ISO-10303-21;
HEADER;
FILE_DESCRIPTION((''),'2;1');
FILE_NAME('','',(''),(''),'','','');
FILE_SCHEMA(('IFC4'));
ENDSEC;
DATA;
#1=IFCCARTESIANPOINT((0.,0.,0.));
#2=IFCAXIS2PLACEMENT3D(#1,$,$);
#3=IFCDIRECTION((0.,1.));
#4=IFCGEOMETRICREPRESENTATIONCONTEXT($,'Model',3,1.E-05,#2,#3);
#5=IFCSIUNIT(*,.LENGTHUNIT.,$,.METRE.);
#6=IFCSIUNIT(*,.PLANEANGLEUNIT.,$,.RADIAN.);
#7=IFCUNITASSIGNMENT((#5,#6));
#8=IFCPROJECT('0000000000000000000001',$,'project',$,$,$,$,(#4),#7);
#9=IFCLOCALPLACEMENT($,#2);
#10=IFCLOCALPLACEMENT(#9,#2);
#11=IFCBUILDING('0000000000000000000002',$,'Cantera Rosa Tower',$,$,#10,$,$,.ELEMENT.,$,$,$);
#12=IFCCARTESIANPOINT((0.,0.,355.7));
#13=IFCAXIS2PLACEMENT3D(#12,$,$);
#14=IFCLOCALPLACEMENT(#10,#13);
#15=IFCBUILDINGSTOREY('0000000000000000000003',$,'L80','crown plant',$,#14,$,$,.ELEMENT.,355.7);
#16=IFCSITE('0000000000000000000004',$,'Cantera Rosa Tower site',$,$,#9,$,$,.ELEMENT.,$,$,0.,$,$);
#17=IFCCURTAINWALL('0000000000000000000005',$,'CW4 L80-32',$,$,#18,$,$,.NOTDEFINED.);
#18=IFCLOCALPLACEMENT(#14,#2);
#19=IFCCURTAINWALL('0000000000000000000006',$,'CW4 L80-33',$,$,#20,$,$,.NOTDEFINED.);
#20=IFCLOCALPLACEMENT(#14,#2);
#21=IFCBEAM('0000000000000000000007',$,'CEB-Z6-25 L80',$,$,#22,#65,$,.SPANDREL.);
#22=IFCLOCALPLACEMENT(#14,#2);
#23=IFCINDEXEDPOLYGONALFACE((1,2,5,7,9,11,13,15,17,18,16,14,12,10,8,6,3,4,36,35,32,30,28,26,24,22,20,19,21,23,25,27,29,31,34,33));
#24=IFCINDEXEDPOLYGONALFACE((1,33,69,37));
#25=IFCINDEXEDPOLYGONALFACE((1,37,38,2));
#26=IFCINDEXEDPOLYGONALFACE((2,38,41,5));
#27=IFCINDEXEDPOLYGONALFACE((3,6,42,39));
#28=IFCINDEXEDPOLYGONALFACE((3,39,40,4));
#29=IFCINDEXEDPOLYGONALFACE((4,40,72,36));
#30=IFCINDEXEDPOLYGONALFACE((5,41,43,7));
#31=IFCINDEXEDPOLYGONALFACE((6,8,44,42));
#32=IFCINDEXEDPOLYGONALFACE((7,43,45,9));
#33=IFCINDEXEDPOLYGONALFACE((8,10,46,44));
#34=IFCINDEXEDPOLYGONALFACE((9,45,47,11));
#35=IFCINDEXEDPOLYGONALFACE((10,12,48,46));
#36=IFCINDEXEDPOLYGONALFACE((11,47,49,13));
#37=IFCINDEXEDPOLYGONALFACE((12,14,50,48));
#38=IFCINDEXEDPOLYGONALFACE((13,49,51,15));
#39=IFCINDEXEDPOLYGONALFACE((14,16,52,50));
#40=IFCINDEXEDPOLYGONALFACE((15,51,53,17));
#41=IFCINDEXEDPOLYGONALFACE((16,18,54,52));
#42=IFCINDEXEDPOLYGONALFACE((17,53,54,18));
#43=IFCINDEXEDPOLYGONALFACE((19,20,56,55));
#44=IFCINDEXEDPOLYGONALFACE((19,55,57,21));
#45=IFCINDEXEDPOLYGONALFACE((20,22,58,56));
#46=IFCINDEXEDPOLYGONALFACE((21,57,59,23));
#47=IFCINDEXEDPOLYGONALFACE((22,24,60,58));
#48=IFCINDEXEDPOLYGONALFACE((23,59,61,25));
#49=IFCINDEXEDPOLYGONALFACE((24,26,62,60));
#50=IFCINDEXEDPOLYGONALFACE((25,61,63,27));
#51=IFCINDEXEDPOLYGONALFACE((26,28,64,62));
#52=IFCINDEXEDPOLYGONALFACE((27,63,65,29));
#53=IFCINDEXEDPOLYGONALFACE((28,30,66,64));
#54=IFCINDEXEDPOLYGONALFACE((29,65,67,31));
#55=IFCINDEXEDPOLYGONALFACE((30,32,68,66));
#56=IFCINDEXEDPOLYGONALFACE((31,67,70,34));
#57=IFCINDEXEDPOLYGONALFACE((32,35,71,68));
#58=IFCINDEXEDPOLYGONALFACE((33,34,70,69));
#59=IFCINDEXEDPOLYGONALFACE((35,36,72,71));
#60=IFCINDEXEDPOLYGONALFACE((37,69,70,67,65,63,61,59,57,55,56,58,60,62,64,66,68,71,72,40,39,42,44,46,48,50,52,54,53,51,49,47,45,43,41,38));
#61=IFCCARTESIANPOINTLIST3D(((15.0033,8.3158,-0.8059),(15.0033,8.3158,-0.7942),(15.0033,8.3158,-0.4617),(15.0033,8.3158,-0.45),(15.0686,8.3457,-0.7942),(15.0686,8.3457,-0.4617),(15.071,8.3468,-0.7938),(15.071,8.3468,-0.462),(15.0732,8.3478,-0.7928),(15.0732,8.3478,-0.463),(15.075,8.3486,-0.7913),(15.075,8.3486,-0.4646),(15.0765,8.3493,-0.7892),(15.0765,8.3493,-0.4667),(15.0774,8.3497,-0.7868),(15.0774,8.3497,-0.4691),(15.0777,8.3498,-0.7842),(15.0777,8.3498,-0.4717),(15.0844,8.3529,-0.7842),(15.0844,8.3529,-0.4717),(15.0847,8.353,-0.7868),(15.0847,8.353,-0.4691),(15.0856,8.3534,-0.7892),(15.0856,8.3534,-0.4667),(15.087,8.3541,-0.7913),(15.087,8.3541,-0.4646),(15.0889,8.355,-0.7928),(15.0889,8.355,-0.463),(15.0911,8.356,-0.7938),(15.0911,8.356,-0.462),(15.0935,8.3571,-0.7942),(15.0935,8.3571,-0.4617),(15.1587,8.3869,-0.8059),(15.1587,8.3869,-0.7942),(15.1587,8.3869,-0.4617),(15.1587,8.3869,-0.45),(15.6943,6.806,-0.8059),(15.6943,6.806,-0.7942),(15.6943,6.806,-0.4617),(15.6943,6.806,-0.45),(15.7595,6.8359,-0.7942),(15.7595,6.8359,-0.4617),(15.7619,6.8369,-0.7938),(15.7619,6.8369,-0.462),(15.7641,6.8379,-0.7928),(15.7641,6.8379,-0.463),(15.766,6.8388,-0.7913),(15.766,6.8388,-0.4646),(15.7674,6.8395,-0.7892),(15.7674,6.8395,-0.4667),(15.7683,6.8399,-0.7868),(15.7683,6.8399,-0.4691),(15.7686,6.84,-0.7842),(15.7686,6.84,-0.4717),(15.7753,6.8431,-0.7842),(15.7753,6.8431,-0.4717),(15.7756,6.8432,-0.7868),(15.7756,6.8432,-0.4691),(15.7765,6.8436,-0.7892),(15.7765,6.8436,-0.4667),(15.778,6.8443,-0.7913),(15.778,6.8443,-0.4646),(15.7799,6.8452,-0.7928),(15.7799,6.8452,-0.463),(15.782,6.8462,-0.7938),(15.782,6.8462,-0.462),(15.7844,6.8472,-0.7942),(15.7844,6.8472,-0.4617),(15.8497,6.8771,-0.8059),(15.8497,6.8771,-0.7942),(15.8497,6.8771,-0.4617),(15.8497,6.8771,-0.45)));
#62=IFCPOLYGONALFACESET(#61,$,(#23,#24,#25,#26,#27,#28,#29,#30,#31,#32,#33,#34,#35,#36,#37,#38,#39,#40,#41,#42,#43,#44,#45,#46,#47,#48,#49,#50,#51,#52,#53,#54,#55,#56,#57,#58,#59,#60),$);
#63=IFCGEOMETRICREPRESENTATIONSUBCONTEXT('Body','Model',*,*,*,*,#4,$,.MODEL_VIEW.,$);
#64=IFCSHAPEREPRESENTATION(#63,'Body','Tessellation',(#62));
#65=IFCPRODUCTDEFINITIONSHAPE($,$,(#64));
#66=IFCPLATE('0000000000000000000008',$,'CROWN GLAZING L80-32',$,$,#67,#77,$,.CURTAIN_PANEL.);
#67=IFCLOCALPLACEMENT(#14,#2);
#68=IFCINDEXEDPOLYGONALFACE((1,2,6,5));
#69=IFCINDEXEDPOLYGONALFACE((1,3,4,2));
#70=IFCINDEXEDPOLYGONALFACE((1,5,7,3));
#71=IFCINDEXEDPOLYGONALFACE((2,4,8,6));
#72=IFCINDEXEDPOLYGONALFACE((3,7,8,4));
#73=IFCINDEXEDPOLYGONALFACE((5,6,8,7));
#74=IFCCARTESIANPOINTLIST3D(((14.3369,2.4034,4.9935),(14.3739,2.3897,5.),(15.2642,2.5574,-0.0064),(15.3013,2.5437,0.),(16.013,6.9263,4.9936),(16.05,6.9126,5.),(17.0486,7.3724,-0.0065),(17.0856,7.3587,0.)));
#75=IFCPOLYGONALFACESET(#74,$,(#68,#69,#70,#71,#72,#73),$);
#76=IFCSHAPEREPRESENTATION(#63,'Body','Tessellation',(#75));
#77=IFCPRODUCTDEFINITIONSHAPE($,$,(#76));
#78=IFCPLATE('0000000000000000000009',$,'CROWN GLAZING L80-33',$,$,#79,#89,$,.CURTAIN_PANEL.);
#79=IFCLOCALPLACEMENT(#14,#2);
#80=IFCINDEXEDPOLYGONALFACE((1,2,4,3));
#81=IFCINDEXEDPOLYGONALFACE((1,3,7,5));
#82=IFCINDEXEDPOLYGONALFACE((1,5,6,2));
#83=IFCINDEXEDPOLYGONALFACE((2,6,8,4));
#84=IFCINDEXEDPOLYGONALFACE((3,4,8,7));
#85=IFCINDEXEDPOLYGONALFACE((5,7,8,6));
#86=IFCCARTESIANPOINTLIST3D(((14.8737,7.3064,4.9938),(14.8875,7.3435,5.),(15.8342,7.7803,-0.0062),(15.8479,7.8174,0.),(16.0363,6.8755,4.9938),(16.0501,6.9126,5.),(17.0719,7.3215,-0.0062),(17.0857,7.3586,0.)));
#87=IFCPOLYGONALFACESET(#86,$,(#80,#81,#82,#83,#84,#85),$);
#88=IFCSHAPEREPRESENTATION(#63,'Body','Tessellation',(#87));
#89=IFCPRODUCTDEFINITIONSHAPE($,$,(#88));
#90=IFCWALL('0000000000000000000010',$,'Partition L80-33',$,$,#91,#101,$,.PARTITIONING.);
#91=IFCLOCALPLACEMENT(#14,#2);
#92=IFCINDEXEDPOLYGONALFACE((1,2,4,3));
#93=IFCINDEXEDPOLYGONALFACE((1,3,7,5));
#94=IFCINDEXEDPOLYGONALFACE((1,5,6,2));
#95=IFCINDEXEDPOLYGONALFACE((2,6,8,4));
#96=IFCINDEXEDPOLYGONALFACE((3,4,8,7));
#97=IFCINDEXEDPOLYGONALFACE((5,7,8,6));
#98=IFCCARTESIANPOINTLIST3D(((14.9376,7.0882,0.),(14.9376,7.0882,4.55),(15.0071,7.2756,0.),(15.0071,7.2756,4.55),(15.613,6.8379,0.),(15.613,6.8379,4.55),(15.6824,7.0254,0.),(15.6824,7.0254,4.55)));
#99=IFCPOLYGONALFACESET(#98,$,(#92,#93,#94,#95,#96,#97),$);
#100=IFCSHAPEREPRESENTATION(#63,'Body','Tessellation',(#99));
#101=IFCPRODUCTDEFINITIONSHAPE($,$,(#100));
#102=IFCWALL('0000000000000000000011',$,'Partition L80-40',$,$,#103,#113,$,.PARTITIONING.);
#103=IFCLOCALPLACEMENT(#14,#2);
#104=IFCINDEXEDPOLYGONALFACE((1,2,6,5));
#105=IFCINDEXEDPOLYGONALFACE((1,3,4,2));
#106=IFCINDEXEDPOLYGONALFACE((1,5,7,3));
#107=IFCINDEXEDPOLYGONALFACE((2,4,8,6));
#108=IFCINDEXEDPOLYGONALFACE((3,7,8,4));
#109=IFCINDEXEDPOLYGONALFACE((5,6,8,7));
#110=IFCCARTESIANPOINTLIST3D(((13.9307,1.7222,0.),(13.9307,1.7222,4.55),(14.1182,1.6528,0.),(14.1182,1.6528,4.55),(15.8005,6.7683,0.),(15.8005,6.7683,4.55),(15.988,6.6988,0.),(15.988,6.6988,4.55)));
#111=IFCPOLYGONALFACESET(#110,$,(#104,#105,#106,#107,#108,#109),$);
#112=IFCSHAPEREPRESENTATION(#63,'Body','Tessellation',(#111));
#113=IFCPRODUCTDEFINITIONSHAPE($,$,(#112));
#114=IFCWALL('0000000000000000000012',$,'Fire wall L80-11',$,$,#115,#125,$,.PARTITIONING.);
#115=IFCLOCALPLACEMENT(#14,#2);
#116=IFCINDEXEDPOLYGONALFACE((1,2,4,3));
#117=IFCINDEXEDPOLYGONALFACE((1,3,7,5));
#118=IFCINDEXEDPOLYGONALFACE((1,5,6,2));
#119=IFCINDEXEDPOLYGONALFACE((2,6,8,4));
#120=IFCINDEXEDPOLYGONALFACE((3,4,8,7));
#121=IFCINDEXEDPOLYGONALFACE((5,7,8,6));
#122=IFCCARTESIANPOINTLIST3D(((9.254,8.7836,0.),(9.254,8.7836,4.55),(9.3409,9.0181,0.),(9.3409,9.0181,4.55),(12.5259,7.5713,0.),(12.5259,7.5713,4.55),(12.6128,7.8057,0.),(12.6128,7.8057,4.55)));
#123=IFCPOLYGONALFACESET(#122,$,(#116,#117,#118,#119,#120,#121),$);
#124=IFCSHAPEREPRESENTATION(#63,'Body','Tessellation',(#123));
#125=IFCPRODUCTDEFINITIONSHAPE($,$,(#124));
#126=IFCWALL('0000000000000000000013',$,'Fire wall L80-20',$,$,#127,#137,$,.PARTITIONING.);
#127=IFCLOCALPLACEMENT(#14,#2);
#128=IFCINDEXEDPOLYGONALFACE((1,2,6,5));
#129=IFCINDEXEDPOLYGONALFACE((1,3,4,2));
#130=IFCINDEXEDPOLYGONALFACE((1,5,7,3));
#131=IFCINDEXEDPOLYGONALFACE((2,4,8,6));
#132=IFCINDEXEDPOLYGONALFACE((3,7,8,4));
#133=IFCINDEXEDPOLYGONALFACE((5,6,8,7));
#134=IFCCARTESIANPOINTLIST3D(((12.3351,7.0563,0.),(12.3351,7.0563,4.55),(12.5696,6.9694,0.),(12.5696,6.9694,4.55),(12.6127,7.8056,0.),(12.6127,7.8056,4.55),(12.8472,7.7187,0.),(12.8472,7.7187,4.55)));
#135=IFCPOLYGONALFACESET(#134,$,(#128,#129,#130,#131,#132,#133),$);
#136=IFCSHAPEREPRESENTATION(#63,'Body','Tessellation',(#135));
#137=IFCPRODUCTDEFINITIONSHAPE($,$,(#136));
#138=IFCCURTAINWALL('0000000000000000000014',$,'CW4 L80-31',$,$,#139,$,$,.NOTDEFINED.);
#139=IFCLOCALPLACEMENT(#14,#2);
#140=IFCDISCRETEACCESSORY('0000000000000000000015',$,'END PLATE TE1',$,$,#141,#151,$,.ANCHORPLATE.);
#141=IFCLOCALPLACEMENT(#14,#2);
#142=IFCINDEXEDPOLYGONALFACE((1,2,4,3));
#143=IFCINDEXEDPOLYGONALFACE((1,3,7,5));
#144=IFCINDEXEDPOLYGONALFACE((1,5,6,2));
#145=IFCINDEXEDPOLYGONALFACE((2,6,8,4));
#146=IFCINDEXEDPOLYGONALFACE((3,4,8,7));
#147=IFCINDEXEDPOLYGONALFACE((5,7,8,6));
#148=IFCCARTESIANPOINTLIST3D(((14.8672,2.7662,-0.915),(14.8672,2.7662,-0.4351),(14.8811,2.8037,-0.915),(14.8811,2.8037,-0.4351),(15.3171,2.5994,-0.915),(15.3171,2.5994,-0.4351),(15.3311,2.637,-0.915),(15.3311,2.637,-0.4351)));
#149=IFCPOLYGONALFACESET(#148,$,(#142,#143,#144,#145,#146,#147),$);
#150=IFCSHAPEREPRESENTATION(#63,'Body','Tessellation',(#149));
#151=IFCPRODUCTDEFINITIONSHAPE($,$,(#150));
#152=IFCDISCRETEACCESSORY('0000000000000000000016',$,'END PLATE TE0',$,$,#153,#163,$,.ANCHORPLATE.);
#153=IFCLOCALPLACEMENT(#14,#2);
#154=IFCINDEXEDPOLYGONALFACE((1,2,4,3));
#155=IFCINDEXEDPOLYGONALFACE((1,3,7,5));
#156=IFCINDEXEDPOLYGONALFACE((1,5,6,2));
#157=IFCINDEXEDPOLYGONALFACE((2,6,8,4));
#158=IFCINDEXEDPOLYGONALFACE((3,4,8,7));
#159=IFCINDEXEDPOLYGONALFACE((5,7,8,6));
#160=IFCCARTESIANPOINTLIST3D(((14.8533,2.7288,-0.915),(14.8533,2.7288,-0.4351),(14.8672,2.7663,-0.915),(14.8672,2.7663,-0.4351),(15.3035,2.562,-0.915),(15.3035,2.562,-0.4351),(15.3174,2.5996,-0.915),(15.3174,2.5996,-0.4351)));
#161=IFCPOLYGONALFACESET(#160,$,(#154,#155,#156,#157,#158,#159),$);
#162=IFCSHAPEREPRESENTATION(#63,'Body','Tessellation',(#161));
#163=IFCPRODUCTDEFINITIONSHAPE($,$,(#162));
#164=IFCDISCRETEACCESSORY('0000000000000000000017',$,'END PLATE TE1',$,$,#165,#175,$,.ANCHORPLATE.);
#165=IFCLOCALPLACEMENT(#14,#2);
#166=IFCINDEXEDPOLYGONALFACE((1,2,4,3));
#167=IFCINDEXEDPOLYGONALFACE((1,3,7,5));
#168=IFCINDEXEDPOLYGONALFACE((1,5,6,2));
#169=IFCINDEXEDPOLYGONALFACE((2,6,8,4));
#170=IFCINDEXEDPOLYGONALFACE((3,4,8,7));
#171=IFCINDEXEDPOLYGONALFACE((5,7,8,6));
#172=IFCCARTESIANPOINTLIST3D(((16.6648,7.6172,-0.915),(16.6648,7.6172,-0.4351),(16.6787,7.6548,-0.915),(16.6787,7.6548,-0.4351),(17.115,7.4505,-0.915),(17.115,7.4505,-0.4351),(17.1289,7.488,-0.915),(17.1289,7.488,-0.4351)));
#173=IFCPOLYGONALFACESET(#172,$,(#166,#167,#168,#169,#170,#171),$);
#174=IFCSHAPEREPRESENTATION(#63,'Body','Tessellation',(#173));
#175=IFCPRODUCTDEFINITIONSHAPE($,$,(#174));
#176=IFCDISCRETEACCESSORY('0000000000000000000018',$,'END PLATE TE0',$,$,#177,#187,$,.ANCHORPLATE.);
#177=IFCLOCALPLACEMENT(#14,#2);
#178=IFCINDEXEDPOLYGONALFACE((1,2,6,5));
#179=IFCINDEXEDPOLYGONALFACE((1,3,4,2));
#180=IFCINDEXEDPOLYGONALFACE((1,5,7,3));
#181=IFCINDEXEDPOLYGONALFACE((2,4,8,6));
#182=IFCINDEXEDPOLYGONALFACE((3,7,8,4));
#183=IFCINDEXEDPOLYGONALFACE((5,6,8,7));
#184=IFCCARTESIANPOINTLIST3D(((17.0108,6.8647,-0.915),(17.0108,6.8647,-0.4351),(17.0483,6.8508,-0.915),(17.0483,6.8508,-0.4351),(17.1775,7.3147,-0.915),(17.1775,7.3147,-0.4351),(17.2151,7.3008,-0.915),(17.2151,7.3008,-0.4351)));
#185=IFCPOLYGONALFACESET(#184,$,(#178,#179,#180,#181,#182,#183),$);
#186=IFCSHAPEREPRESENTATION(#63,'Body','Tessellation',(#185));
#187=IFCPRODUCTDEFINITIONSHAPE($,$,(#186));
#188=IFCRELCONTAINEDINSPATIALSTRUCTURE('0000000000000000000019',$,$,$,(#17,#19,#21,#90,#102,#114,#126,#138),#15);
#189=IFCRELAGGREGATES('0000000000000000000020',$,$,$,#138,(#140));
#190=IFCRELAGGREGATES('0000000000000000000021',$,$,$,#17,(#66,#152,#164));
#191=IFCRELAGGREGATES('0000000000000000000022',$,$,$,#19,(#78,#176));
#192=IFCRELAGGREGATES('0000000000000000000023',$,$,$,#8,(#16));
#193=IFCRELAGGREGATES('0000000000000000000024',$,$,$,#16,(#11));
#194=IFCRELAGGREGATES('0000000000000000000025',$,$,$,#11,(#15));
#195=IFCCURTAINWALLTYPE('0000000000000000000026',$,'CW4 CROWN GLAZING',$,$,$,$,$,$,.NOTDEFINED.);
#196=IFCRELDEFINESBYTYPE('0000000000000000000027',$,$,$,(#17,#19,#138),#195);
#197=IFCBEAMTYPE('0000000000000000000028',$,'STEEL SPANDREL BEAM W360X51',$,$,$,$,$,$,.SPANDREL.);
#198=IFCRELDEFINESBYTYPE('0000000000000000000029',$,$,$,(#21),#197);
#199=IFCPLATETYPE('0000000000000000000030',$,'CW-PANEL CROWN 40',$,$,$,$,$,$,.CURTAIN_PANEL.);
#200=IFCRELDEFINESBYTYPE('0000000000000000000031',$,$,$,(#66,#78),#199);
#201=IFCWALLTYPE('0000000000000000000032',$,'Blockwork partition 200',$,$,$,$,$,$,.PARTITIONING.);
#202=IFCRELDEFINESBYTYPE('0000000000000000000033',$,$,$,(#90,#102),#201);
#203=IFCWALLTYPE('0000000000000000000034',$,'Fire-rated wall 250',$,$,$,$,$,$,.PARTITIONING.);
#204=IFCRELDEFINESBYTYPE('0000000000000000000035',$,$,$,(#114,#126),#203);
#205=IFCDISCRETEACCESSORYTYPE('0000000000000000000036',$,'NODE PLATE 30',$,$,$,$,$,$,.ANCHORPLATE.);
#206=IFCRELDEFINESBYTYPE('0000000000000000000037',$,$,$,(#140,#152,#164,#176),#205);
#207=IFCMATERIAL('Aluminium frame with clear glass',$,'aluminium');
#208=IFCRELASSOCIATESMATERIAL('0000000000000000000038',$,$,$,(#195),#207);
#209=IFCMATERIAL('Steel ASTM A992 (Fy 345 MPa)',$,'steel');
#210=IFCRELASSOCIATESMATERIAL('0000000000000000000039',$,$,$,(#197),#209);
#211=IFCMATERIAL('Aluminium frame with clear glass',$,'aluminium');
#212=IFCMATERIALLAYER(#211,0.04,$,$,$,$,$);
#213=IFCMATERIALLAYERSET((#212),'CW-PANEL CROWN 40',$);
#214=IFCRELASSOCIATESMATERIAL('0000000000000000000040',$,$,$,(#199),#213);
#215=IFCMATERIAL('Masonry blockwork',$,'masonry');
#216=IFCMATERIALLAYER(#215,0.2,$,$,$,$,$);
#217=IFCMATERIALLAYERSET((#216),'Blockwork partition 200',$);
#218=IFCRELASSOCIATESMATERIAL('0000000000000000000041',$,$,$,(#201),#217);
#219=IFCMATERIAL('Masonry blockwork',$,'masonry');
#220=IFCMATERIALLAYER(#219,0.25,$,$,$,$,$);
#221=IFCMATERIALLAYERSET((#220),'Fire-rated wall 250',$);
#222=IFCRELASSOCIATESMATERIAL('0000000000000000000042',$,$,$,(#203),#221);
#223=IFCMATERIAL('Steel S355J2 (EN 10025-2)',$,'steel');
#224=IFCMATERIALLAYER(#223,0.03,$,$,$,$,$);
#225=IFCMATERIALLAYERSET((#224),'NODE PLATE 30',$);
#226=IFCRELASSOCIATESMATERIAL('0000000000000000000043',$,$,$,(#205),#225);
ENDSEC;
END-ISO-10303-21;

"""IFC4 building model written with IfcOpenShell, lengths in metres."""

from ifc_helpers import new_model, si_unit, direction, frame, frame_2d, origin, origin_2d, place, context, subcontext, project, spatial, polyline, rectangle, i_section, outline, extrude, material, layer, layer_set, material_profile, profile_set, type_object, element, aggregate, save


model = new_model("IFC4")

# Units and contexts
model_context = context("Model", 3, precision=1e-05, world=origin(), true_north=direction((0.0, 1.0)))
body_context = subcontext(model_context, "Body", "Model", "MODEL_VIEW")
ifc_project = project(units=[si_unit("LENGTHUNIT", "METRE"), si_unit("PLANEANGLEUNIT", "RADIAN")], contexts=[model_context])

# Site, building, storey
site_placement = place(None, origin())
site = spatial("IfcSite", under=ifc_project, at=site_placement, Name="Cantera Rosa Tower site", CompositionType="ELEMENT", RefElevation=0.0)
building_placement = place(site_placement, origin())
building = spatial("IfcBuilding", under=site, at=building_placement, Name="Cantera Rosa Tower", CompositionType="ELEMENT")
storey_placement = place(building_placement, frame((0.0, 0.0, 355.7)))
storey = spatial("IfcBuildingStorey", under=building, at=storey_placement, Name="L80", Description="crown plant", CompositionType="ELEMENT", Elevation=355.7)

# Curtain walls
ifc_material_1 = material(Name="Aluminium frame with clear glass", Category="aluminium")
curtain_wall_type = type_object("IfcCurtainWallType", Name="CW4 CROWN GLAZING", PredefinedType="NOTDEFINED", material=ifc_material_1)
curtain_wall_1_placement = place(storey_placement, origin())
curtain_wall_1 = element("IfcCurtainWall", 1, at=curtain_wall_1_placement, inside=storey, type_object=curtain_wall_type, Name="CW4 L80-32", PredefinedType="NOTDEFINED")
curtain_wall_2_placement = place(storey_placement, origin())
curtain_wall_2 = element("IfcCurtainWall", 2, at=curtain_wall_2_placement, inside=storey, type_object=curtain_wall_type, Name="CW4 L80-33", PredefinedType="NOTDEFINED")

# Beam
ifc_material_2 = material(Name="Steel ASTM A992 (Fy 345 MPa)", Category="steel")
ifc_material_profile_1 = material_profile(ifc_material_2, i_section(OverallWidth=0.1709, OverallDepth=0.356, WebThickness=0.0073, FlangeThickness=0.0117, FilletRadius=0.01, at=origin_2d()), Name="W360X51")
ifc_profile_set_1 = profile_set([ifc_material_profile_1], Name="Steel ASTM A992 (Fy 345 MPa)")
beam_type_1 = type_object("IfcBeamType", Name="STEEL SPANDREL BEAM W360X51", PredefinedType="SPANDREL", material=ifc_profile_set_1)
beam_1_placement = place(storey_placement, frame((15.772, 6.8416, -0.6279), z_axis=(-0.416128, 0.909306, 0.0), x_axis=(-0.909306, -0.416128, 0.0)))
element("IfcBeam", 3, at=beam_1_placement, inside=storey, type_object=beam_type_1, Name="CEB-Z6-25 L80", PredefinedType="SPANDREL", context=body_context, shape_type="SweptSolid", body=[
    extrude(i_section(OverallWidth=0.1709, OverallDepth=0.356, WebThickness=0.0073, FlangeThickness=0.0117, FilletRadius=0.01, at=origin_2d()), origin(), (0.0, 0.0, 1.0), 1.6604),
])

# Plates
ifc_material_3 = material(Name="Aluminium frame with clear glass", Category="aluminium")
ifc_layer_1 = layer(ifc_material_3, 0.04)
ifc_layer_set_1 = layer_set([ifc_layer_1], Name="CW-PANEL CROWN 40")
plate_type = type_object("IfcPlateType", Name="CW-PANEL CROWN 40", PredefinedType="CURTAIN_PANEL", material=ifc_layer_set_1)
plate_1_placement = place(storey_placement, frame((15.3013, 2.5437, 0.0), z_axis=(0.92544, -0.342951, 0.161073), x_axis=(0.347489, 0.937684, -0.000003)))
plate_1 = element("IfcPlate", 4, at=plate_1_placement, type_object=plate_type, Name="CROWN GLAZING L80-32", PredefinedType="CURTAIN_PANEL", context=body_context, shape_type="SweptSolid", body=[
    extrude(outline(polyline([(0.0, 0.0), (5.135, 0.0), (4.3568, 5.0662), (-0.4667, 5.0661), (0.0, 0.0)])), origin(), (0.0, 0.0, -1.0), 0.04),
])
plate_2_placement = place(storey_placement, frame((17.0857, 7.3586, 0.0), z_axis=(0.343392, 0.926518, 0.153777), x_axis=(-0.937671, 0.347525, 0.000002)))
plate_2 = element("IfcPlate", 5, at=plate_2_placement, type_object=plate_type, Name="CROWN GLAZING L80-33", PredefinedType="CURTAIN_PANEL", context=body_context, shape_type="SweptSolid", body=[
    extrude(outline(polyline([(0.0, 0.0), (1.3201, 0.0), (2.056, 5.0602), (0.8161, 5.0602), (0.0, 0.0)])), origin(), (0.0, 0.0, -1.0), 0.04),
])

# Walls
ifc_material_4 = material(Name="Masonry blockwork", Category="masonry")
ifc_layer_2 = layer(ifc_material_4, 0.2)
ifc_layer_set_2 = layer_set([ifc_layer_2], Name="Blockwork partition 200")
wall_type_1 = type_object("IfcWallType", Name="Blockwork partition 200", PredefinedType="PARTITIONING", material=ifc_layer_set_2)
wall_1_placement = place(storey_placement, frame((15.6477, 6.9316, 0.0), z_axis=(0.0, 0.0, 1.0), x_axis=(-0.937687, 0.34748, 0.0)))
element("IfcWall", 6, at=wall_1_placement, inside=storey, type_object=wall_type_1, Name="Partition L80-33", PredefinedType="PARTITIONING", context=body_context, shape_type="SweptSolid", body=[
    extrude(rectangle(XDim=0.7202, YDim=0.2, at=frame_2d((0.3601, 0.0))), origin(), (0.0, 0.0, 1.0), 4.55),
])
wall_2_placement = place(storey_placement, frame((14.0244, 1.6875, 0.0), z_axis=(0.0, 0.0, 1.0), x_axis=(0.347467, 0.937692, 0.0)))
element("IfcWall", 7, at=wall_2_placement, inside=storey, type_object=wall_type_1, Name="Partition L80-40", PredefinedType="PARTITIONING", context=body_context, shape_type="SweptSolid", body=[
    extrude(rectangle(XDim=5.3813, YDim=0.2, at=frame_2d((2.6907, 0.0))), origin(), (0.0, 0.0, 1.0), 4.55),
])
ifc_material_5 = material(Name="Masonry blockwork", Category="masonry")
ifc_layer_3 = layer(ifc_material_5, 0.25)
ifc_layer_set_3 = layer_set([ifc_layer_3], Name="Fire-rated wall 250")
wall_type_2 = type_object("IfcWallType", Name="Fire-rated wall 250", PredefinedType="PARTITIONING", material=ifc_layer_set_3)
wall_3_placement = place(storey_placement, frame((12.5693, 7.6885, 0.0), z_axis=(0.0, 0.0, 1.0), x_axis=(-0.937696, 0.347456, 0.0)))
element("IfcWall", 8, at=wall_3_placement, inside=storey, type_object=wall_type_2, Name="Fire wall L80-11", PredefinedType="PARTITIONING", context=body_context, shape_type="SweptSolid", body=[
    extrude(rectangle(XDim=3.4893, YDim=0.25, at=frame_2d((1.7446, 0.0))), origin(), (0.0, 0.0, 1.0), 4.55),
])
wall_4_placement = place(storey_placement, frame((12.4524, 7.0129, 0.0), z_axis=(0.0, 0.0, 1.0), x_axis=(0.347404, 0.937716, 0.0)))
element("IfcWall", 9, at=wall_4_placement, inside=storey, type_object=wall_type_2, Name="Fire wall L80-20", PredefinedType="PARTITIONING", context=body_context, shape_type="SweptSolid", body=[
    extrude(rectangle(XDim=0.7991, YDim=0.25, at=frame_2d((0.3994, 0.0))), origin(), (0.0, 0.0, 1.0), 4.55),
])

# Curtain wall, discrete accessory
curtain_wall_3_placement = place(storey_placement, origin())
curtain_wall_3 = element("IfcCurtainWall", 10, at=curtain_wall_3_placement, inside=storey, type_object=curtain_wall_type, Name="CW4 L80-31", PredefinedType="NOTDEFINED")
ifc_material_6 = material(Name="Steel S355J2 (EN 10025-2)", Category="steel")
ifc_layer_4 = layer(ifc_material_6, 0.03)
ifc_layer_set_4 = layer_set([ifc_layer_4], Name="NODE PLATE 30")
discrete_accessory_type = type_object("IfcDiscreteAccessoryType", Name="NODE PLATE 30", PredefinedType="ANCHORPLATE", material=ifc_layer_set_4)
discrete_accessory_1_placement = place(storey_placement, frame((14.8811, 2.8037, -0.4351), z_axis=(0.347497, 0.937681, 0.0), x_axis=(0.937681, -0.347497, 0.0)))
discrete_accessory_1 = element("IfcDiscreteAccessory", 11, at=discrete_accessory_1_placement, type_object=discrete_accessory_type, Name="END PLATE TE1", PredefinedType="ANCHORPLATE", context=body_context, shape_type="SweptSolid", body=[
    extrude(outline(polyline([(0.0, 0.0), (0.4799, 0.0), (0.4799, 0.48), (0.0, 0.48), (0.0, 0.0)])), origin(), (0.0, 0.0, -1.0), 0.04),
])
aggregate(curtain_wall_3, [discrete_accessory_1])

# Discrete accessories
discrete_accessory_2_placement = place(storey_placement, frame((15.3035, 2.562, -0.4351), z_axis=(-0.347331, -0.937743, 0.0), x_axis=(-0.937743, 0.347331, 0.0)))
discrete_accessory_2 = element("IfcDiscreteAccessory", 12, at=discrete_accessory_2_placement, type_object=discrete_accessory_type, Name="END PLATE TE0", PredefinedType="ANCHORPLATE", context=body_context, shape_type="SweptSolid", body=[
    extrude(outline(polyline([(0.0, 0.0), (0.4801, 0.0), (0.4801, 0.48), (0.0, 0.48), (0.0, 0.0)])), origin(), (0.0, 0.0, -1.0), 0.04),
])
discrete_accessory_3_placement = place(storey_placement, frame((16.6787, 7.6548, -0.4351), z_axis=(0.347331, 0.937743, 0.0), x_axis=(0.937743, -0.347331, 0.0)))
discrete_accessory_3 = element("IfcDiscreteAccessory", 13, at=discrete_accessory_3_placement, type_object=discrete_accessory_type, Name="END PLATE TE1", PredefinedType="ANCHORPLATE", context=body_context, shape_type="SweptSolid", body=[
    extrude(outline(polyline([(0.0, 0.0), (0.4801, 0.0), (0.4801, 0.48), (0.0, 0.48), (0.0, 0.0)])), origin(), (0.0, 0.0, -1.0), 0.04),
])
aggregate(curtain_wall_1, [plate_1, discrete_accessory_2, discrete_accessory_3])
discrete_accessory_4_placement = place(storey_placement, frame((17.2151, 7.3008, -0.4351), z_axis=(0.937681, -0.347497, 0.0), x_axis=(-0.347497, -0.937681, 0.0)))
discrete_accessory_4 = element("IfcDiscreteAccessory", 14, at=discrete_accessory_4_placement, type_object=discrete_accessory_type, Name="END PLATE TE0", PredefinedType="ANCHORPLATE", context=body_context, shape_type="SweptSolid", body=[
    extrude(outline(polyline([(0.0, 0.0), (0.4799, 0.0), (0.4799, 0.48), (0.0, 0.48), (0.0, 0.0)])), origin(), (0.0, 0.0, -1.0), 0.04),
])
aggregate(curtain_wall_2, [plate_2, discrete_accessory_4])

save(model, "model.ifc")
